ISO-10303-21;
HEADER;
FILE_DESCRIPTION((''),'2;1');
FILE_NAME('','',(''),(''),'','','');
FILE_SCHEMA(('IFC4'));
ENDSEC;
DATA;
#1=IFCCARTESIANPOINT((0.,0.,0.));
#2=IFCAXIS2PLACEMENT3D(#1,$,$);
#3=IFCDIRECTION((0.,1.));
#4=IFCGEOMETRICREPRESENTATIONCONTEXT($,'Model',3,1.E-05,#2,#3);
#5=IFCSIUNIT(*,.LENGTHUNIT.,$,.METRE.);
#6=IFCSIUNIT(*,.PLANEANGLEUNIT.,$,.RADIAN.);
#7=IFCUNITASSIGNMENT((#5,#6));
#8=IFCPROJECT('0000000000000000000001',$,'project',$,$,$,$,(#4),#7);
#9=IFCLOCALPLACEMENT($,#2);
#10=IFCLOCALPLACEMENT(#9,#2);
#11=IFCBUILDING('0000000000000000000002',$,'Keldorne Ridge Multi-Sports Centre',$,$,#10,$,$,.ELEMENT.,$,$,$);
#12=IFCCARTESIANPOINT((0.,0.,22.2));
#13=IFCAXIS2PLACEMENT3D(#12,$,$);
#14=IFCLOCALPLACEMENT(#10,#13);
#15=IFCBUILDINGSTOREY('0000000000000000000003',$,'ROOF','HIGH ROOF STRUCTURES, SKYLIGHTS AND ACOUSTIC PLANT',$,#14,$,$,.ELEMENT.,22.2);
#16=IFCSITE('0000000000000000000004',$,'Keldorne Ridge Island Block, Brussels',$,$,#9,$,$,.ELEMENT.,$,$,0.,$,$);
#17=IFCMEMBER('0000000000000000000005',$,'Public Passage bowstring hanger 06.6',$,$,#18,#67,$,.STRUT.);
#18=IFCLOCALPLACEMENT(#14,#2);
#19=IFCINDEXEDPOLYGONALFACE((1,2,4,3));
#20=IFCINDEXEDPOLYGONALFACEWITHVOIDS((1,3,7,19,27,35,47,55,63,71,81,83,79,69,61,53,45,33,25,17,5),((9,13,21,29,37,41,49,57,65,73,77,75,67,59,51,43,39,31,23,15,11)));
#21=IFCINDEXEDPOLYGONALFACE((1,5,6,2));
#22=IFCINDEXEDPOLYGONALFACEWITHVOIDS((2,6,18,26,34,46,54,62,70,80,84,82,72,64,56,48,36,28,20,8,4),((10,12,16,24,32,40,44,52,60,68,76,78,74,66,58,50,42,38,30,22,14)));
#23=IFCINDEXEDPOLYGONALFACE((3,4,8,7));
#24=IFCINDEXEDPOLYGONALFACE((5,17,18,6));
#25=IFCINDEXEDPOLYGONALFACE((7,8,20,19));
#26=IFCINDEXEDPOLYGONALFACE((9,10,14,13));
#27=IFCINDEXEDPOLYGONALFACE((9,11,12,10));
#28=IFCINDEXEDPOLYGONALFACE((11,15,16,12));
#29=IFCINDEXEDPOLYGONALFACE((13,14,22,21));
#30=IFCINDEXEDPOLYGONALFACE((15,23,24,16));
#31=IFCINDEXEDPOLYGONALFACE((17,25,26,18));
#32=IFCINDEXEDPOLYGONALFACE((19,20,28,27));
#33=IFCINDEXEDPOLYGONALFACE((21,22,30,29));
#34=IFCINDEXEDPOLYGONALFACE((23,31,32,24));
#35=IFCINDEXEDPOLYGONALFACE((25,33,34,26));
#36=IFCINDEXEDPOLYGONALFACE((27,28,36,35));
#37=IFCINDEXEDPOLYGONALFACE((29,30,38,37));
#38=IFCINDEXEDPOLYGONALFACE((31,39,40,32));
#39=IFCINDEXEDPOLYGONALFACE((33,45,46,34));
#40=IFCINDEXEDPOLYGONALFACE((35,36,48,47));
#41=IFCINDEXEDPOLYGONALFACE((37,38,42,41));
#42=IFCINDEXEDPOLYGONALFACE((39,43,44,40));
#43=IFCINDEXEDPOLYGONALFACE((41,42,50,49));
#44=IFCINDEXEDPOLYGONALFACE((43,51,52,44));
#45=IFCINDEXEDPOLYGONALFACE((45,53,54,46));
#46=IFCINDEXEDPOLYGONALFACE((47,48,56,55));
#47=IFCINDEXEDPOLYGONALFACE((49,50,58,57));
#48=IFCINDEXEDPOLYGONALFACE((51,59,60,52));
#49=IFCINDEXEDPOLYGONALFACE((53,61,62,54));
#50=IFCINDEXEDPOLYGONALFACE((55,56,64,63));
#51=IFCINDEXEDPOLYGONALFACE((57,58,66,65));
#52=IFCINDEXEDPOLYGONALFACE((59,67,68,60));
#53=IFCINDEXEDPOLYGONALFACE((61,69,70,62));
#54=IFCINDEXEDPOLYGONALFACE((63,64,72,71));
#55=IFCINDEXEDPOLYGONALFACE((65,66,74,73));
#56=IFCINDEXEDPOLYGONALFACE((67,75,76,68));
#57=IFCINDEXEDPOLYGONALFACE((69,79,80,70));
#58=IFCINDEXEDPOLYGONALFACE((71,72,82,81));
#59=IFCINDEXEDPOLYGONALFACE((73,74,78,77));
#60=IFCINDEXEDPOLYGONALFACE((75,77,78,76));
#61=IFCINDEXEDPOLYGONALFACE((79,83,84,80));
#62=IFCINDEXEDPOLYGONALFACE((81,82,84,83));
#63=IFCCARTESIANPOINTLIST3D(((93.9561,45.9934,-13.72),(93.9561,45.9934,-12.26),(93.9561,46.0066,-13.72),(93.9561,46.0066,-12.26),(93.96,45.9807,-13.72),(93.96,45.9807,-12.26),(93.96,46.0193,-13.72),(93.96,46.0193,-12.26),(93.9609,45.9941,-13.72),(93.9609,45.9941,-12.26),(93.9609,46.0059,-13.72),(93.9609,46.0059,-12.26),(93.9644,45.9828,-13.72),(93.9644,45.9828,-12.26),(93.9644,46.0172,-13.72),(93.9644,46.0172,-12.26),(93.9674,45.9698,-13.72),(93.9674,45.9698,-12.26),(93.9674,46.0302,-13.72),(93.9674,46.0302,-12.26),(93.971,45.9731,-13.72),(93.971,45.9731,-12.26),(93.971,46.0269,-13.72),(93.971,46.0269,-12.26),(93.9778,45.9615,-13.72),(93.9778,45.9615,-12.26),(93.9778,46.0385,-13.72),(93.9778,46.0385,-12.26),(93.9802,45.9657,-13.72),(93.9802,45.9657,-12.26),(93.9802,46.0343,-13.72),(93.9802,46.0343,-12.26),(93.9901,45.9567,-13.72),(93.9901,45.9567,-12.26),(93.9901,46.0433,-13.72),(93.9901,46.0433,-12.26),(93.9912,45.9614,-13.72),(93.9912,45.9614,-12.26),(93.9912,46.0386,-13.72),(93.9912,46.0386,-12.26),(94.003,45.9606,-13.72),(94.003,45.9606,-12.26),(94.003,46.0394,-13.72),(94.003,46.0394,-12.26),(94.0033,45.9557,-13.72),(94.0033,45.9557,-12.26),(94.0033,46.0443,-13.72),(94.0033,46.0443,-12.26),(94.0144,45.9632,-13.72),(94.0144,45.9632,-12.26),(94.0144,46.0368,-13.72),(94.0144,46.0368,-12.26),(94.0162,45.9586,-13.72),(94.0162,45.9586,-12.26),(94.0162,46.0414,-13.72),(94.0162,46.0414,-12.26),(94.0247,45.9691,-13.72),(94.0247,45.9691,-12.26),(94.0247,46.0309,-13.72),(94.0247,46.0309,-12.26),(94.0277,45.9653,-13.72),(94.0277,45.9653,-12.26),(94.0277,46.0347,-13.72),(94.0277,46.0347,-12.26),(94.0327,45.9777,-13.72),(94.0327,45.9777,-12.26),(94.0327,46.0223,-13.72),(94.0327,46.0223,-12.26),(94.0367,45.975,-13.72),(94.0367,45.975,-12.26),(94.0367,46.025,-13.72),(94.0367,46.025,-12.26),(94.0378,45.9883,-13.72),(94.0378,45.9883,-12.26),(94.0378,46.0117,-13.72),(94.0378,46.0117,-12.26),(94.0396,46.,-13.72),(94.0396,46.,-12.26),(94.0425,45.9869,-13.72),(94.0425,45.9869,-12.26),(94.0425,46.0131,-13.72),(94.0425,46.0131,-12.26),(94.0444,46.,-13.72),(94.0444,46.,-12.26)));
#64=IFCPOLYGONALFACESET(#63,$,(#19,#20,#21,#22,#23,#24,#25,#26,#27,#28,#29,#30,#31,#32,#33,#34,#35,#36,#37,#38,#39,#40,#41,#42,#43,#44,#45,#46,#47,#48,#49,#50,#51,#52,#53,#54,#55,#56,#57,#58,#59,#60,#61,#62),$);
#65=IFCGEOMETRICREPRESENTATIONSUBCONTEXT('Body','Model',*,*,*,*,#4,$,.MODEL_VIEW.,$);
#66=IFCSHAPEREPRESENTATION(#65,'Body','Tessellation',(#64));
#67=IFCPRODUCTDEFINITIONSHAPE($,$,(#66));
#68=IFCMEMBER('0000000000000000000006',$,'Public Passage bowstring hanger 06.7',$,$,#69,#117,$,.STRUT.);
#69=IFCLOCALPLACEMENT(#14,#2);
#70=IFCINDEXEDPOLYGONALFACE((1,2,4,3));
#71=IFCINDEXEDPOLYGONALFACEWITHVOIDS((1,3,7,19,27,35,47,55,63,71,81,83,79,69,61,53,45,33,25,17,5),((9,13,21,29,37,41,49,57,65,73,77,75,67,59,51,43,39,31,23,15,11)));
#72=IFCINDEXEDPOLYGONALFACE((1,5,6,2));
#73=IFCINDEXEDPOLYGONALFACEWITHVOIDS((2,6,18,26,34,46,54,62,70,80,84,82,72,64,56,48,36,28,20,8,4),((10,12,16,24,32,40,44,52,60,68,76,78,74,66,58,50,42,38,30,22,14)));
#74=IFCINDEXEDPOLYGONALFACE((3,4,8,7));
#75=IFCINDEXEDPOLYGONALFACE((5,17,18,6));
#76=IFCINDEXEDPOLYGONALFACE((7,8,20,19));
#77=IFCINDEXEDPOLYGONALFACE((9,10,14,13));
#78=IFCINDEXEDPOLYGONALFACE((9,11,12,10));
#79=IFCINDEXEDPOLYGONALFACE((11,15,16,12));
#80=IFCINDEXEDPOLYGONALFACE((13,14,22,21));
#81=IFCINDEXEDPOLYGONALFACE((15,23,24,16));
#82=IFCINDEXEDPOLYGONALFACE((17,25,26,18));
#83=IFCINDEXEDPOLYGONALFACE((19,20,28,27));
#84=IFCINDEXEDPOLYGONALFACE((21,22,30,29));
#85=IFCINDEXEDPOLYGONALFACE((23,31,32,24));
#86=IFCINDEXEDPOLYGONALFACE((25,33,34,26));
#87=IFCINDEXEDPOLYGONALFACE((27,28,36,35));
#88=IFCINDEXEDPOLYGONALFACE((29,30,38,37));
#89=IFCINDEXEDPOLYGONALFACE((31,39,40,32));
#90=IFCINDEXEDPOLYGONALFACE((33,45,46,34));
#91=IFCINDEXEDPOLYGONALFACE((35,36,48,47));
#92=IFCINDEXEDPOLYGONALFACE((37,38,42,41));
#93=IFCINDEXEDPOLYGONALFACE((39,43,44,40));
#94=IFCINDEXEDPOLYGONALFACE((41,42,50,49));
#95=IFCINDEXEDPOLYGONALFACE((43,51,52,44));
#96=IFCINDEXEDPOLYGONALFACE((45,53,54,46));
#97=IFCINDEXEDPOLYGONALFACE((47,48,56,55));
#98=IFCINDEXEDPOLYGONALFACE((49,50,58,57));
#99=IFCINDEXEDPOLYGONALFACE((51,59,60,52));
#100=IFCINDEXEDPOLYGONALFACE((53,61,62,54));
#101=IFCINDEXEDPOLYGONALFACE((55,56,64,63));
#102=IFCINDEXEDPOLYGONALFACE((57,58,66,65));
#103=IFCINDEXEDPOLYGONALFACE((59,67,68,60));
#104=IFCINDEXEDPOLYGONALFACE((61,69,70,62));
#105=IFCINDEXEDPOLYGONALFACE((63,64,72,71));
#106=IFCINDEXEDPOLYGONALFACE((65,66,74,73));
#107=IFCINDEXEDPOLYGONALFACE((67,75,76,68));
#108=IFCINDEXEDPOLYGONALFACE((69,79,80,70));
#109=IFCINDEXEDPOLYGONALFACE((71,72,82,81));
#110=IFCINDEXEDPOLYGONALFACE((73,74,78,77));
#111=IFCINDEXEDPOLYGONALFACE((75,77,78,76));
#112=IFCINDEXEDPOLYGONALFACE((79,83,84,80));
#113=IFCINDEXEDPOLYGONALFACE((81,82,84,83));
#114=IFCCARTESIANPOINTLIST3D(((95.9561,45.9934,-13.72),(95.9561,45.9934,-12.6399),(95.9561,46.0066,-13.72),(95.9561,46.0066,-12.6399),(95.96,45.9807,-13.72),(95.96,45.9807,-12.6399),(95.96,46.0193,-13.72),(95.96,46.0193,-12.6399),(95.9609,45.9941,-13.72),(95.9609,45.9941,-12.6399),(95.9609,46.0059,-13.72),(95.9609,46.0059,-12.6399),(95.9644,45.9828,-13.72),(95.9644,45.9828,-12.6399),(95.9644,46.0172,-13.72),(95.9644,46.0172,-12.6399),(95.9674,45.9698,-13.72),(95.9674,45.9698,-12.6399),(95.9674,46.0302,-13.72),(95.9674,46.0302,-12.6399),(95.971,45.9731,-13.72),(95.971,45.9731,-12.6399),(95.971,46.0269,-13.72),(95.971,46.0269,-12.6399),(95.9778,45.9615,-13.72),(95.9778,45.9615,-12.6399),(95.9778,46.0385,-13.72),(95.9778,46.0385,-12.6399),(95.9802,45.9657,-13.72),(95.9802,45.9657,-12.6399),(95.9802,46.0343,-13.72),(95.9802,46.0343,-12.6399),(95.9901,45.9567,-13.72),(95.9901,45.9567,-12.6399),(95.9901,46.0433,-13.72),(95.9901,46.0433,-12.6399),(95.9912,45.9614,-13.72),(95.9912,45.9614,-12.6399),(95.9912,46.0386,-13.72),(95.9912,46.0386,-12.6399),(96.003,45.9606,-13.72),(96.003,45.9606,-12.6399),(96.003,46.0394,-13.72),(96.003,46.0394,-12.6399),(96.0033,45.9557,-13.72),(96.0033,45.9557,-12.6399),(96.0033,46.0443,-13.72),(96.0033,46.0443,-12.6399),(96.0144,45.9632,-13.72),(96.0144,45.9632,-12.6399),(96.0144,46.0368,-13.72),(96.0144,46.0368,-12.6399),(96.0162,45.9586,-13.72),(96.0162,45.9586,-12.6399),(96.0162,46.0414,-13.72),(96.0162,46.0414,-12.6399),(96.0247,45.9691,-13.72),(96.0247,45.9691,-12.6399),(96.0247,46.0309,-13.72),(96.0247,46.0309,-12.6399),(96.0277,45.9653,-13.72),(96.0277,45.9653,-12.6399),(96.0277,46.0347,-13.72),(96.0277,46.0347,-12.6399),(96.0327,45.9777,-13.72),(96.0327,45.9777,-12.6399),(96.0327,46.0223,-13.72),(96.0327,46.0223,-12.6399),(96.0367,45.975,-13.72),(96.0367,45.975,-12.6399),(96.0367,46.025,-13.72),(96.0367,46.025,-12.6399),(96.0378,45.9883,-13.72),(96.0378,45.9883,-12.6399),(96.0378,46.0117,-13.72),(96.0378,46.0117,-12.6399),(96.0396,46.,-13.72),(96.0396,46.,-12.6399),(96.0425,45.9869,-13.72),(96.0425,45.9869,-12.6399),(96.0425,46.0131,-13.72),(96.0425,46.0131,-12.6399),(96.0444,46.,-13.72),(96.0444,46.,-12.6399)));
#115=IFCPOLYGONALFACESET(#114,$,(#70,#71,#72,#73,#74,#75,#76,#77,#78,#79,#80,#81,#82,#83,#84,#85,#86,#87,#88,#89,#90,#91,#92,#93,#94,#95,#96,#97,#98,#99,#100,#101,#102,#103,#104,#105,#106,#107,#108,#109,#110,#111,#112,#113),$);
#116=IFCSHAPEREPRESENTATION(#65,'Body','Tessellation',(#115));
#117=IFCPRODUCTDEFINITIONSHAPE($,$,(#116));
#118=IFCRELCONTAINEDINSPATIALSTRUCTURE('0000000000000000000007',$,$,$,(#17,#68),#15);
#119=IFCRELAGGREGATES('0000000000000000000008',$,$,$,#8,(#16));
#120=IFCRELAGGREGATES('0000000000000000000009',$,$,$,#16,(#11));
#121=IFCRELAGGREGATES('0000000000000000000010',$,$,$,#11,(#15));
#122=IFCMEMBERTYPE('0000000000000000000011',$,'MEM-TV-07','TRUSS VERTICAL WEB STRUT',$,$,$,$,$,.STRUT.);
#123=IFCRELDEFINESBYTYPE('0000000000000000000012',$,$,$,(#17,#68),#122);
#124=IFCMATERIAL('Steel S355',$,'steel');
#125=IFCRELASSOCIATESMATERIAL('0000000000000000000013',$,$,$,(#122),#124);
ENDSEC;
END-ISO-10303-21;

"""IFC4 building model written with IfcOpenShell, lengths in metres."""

from ifc_helpers import new_model, si_unit, direction, frame, origin, origin_2d, place, context, subcontext, project, spatial, hollow_circle, extrude, material, material_profile, profile_set, type_object, element, save


model = new_model("IFC4")

# Units and contexts
model_context = context("Model", 3, precision=1e-05, world=origin(), true_north=direction((0.0, 1.0)))
body_context = subcontext(model_context, "Body", "Model", "MODEL_VIEW")
ifc_project = project(units=[si_unit("LENGTHUNIT", "METRE"), si_unit("PLANEANGLEUNIT", "RADIAN")], contexts=[model_context])

# Site, building, storey
site_placement = place(None, origin())
site = spatial("IfcSite", under=ifc_project, at=site_placement, Name="Keldorne Ridge Island Block, Brussels", CompositionType="ELEMENT", RefElevation=0.0)
building_placement = place(site_placement, origin())
building = spatial("IfcBuilding", under=site, at=building_placement, Name="Keldorne Ridge Multi-Sports Centre", CompositionType="ELEMENT")
storey_placement = place(building_placement, frame((0.0, 0.0, 22.2)))
storey = spatial("IfcBuildingStorey", under=building, at=storey_placement, Name="ROOF", Description="HIGH ROOF STRUCTURES, SKYLIGHTS AND ACOUSTIC PLANT", CompositionType="ELEMENT", Elevation=22.2)

# Members
ifc_material = material(Name="Steel S355", Category="steel")
ifc_material_profile_1 = material_profile(ifc_material, hollow_circle(Radius=0.0444, WallThickness=0.0049, at=origin_2d()), Name="CHS 88.9x5")
ifc_profile_set_1 = profile_set([ifc_material_profile_1], Name="Steel S355")
member_type_1 = type_object("IfcMemberType", Name="MEM-TV-07", Description="TRUSS VERTICAL WEB STRUT", PredefinedType="STRUT", material=ifc_profile_set_1)
member_1_placement = place(storey_placement, frame((94.0, 46.0, -13.72), z_axis=(0.0, 0.0, 1.0), x_axis=(1.0, 0.0, 0.0)))
element("IfcMember", 1, at=member_1_placement, inside=storey, type_object=member_type_1, Name="Public Passage bowstring hanger 06.6", PredefinedType="STRUT", context=body_context, shape_type="SweptSolid", body=[
    extrude(hollow_circle(Radius=0.0444, WallThickness=0.0049, at=origin_2d()), origin(), (0.0, 0.0, 1.0), 1.46),
])
member_2_placement = place(storey_placement, frame((96.0, 46.0, -13.72), z_axis=(0.0, 0.0, 1.0), x_axis=(1.0, 0.0, 0.0)))
element("IfcMember", 2, at=member_2_placement, inside=storey, type_object=member_type_1, Name="Public Passage bowstring hanger 06.7", PredefinedType="STRUT", context=body_context, shape_type="SweptSolid", body=[
    extrude(hollow_circle(Radius=0.0444, WallThickness=0.0049, at=origin_2d()), origin(), (0.0, 0.0, 1.0), 1.0801),
])

save(model, "model.ifc")
